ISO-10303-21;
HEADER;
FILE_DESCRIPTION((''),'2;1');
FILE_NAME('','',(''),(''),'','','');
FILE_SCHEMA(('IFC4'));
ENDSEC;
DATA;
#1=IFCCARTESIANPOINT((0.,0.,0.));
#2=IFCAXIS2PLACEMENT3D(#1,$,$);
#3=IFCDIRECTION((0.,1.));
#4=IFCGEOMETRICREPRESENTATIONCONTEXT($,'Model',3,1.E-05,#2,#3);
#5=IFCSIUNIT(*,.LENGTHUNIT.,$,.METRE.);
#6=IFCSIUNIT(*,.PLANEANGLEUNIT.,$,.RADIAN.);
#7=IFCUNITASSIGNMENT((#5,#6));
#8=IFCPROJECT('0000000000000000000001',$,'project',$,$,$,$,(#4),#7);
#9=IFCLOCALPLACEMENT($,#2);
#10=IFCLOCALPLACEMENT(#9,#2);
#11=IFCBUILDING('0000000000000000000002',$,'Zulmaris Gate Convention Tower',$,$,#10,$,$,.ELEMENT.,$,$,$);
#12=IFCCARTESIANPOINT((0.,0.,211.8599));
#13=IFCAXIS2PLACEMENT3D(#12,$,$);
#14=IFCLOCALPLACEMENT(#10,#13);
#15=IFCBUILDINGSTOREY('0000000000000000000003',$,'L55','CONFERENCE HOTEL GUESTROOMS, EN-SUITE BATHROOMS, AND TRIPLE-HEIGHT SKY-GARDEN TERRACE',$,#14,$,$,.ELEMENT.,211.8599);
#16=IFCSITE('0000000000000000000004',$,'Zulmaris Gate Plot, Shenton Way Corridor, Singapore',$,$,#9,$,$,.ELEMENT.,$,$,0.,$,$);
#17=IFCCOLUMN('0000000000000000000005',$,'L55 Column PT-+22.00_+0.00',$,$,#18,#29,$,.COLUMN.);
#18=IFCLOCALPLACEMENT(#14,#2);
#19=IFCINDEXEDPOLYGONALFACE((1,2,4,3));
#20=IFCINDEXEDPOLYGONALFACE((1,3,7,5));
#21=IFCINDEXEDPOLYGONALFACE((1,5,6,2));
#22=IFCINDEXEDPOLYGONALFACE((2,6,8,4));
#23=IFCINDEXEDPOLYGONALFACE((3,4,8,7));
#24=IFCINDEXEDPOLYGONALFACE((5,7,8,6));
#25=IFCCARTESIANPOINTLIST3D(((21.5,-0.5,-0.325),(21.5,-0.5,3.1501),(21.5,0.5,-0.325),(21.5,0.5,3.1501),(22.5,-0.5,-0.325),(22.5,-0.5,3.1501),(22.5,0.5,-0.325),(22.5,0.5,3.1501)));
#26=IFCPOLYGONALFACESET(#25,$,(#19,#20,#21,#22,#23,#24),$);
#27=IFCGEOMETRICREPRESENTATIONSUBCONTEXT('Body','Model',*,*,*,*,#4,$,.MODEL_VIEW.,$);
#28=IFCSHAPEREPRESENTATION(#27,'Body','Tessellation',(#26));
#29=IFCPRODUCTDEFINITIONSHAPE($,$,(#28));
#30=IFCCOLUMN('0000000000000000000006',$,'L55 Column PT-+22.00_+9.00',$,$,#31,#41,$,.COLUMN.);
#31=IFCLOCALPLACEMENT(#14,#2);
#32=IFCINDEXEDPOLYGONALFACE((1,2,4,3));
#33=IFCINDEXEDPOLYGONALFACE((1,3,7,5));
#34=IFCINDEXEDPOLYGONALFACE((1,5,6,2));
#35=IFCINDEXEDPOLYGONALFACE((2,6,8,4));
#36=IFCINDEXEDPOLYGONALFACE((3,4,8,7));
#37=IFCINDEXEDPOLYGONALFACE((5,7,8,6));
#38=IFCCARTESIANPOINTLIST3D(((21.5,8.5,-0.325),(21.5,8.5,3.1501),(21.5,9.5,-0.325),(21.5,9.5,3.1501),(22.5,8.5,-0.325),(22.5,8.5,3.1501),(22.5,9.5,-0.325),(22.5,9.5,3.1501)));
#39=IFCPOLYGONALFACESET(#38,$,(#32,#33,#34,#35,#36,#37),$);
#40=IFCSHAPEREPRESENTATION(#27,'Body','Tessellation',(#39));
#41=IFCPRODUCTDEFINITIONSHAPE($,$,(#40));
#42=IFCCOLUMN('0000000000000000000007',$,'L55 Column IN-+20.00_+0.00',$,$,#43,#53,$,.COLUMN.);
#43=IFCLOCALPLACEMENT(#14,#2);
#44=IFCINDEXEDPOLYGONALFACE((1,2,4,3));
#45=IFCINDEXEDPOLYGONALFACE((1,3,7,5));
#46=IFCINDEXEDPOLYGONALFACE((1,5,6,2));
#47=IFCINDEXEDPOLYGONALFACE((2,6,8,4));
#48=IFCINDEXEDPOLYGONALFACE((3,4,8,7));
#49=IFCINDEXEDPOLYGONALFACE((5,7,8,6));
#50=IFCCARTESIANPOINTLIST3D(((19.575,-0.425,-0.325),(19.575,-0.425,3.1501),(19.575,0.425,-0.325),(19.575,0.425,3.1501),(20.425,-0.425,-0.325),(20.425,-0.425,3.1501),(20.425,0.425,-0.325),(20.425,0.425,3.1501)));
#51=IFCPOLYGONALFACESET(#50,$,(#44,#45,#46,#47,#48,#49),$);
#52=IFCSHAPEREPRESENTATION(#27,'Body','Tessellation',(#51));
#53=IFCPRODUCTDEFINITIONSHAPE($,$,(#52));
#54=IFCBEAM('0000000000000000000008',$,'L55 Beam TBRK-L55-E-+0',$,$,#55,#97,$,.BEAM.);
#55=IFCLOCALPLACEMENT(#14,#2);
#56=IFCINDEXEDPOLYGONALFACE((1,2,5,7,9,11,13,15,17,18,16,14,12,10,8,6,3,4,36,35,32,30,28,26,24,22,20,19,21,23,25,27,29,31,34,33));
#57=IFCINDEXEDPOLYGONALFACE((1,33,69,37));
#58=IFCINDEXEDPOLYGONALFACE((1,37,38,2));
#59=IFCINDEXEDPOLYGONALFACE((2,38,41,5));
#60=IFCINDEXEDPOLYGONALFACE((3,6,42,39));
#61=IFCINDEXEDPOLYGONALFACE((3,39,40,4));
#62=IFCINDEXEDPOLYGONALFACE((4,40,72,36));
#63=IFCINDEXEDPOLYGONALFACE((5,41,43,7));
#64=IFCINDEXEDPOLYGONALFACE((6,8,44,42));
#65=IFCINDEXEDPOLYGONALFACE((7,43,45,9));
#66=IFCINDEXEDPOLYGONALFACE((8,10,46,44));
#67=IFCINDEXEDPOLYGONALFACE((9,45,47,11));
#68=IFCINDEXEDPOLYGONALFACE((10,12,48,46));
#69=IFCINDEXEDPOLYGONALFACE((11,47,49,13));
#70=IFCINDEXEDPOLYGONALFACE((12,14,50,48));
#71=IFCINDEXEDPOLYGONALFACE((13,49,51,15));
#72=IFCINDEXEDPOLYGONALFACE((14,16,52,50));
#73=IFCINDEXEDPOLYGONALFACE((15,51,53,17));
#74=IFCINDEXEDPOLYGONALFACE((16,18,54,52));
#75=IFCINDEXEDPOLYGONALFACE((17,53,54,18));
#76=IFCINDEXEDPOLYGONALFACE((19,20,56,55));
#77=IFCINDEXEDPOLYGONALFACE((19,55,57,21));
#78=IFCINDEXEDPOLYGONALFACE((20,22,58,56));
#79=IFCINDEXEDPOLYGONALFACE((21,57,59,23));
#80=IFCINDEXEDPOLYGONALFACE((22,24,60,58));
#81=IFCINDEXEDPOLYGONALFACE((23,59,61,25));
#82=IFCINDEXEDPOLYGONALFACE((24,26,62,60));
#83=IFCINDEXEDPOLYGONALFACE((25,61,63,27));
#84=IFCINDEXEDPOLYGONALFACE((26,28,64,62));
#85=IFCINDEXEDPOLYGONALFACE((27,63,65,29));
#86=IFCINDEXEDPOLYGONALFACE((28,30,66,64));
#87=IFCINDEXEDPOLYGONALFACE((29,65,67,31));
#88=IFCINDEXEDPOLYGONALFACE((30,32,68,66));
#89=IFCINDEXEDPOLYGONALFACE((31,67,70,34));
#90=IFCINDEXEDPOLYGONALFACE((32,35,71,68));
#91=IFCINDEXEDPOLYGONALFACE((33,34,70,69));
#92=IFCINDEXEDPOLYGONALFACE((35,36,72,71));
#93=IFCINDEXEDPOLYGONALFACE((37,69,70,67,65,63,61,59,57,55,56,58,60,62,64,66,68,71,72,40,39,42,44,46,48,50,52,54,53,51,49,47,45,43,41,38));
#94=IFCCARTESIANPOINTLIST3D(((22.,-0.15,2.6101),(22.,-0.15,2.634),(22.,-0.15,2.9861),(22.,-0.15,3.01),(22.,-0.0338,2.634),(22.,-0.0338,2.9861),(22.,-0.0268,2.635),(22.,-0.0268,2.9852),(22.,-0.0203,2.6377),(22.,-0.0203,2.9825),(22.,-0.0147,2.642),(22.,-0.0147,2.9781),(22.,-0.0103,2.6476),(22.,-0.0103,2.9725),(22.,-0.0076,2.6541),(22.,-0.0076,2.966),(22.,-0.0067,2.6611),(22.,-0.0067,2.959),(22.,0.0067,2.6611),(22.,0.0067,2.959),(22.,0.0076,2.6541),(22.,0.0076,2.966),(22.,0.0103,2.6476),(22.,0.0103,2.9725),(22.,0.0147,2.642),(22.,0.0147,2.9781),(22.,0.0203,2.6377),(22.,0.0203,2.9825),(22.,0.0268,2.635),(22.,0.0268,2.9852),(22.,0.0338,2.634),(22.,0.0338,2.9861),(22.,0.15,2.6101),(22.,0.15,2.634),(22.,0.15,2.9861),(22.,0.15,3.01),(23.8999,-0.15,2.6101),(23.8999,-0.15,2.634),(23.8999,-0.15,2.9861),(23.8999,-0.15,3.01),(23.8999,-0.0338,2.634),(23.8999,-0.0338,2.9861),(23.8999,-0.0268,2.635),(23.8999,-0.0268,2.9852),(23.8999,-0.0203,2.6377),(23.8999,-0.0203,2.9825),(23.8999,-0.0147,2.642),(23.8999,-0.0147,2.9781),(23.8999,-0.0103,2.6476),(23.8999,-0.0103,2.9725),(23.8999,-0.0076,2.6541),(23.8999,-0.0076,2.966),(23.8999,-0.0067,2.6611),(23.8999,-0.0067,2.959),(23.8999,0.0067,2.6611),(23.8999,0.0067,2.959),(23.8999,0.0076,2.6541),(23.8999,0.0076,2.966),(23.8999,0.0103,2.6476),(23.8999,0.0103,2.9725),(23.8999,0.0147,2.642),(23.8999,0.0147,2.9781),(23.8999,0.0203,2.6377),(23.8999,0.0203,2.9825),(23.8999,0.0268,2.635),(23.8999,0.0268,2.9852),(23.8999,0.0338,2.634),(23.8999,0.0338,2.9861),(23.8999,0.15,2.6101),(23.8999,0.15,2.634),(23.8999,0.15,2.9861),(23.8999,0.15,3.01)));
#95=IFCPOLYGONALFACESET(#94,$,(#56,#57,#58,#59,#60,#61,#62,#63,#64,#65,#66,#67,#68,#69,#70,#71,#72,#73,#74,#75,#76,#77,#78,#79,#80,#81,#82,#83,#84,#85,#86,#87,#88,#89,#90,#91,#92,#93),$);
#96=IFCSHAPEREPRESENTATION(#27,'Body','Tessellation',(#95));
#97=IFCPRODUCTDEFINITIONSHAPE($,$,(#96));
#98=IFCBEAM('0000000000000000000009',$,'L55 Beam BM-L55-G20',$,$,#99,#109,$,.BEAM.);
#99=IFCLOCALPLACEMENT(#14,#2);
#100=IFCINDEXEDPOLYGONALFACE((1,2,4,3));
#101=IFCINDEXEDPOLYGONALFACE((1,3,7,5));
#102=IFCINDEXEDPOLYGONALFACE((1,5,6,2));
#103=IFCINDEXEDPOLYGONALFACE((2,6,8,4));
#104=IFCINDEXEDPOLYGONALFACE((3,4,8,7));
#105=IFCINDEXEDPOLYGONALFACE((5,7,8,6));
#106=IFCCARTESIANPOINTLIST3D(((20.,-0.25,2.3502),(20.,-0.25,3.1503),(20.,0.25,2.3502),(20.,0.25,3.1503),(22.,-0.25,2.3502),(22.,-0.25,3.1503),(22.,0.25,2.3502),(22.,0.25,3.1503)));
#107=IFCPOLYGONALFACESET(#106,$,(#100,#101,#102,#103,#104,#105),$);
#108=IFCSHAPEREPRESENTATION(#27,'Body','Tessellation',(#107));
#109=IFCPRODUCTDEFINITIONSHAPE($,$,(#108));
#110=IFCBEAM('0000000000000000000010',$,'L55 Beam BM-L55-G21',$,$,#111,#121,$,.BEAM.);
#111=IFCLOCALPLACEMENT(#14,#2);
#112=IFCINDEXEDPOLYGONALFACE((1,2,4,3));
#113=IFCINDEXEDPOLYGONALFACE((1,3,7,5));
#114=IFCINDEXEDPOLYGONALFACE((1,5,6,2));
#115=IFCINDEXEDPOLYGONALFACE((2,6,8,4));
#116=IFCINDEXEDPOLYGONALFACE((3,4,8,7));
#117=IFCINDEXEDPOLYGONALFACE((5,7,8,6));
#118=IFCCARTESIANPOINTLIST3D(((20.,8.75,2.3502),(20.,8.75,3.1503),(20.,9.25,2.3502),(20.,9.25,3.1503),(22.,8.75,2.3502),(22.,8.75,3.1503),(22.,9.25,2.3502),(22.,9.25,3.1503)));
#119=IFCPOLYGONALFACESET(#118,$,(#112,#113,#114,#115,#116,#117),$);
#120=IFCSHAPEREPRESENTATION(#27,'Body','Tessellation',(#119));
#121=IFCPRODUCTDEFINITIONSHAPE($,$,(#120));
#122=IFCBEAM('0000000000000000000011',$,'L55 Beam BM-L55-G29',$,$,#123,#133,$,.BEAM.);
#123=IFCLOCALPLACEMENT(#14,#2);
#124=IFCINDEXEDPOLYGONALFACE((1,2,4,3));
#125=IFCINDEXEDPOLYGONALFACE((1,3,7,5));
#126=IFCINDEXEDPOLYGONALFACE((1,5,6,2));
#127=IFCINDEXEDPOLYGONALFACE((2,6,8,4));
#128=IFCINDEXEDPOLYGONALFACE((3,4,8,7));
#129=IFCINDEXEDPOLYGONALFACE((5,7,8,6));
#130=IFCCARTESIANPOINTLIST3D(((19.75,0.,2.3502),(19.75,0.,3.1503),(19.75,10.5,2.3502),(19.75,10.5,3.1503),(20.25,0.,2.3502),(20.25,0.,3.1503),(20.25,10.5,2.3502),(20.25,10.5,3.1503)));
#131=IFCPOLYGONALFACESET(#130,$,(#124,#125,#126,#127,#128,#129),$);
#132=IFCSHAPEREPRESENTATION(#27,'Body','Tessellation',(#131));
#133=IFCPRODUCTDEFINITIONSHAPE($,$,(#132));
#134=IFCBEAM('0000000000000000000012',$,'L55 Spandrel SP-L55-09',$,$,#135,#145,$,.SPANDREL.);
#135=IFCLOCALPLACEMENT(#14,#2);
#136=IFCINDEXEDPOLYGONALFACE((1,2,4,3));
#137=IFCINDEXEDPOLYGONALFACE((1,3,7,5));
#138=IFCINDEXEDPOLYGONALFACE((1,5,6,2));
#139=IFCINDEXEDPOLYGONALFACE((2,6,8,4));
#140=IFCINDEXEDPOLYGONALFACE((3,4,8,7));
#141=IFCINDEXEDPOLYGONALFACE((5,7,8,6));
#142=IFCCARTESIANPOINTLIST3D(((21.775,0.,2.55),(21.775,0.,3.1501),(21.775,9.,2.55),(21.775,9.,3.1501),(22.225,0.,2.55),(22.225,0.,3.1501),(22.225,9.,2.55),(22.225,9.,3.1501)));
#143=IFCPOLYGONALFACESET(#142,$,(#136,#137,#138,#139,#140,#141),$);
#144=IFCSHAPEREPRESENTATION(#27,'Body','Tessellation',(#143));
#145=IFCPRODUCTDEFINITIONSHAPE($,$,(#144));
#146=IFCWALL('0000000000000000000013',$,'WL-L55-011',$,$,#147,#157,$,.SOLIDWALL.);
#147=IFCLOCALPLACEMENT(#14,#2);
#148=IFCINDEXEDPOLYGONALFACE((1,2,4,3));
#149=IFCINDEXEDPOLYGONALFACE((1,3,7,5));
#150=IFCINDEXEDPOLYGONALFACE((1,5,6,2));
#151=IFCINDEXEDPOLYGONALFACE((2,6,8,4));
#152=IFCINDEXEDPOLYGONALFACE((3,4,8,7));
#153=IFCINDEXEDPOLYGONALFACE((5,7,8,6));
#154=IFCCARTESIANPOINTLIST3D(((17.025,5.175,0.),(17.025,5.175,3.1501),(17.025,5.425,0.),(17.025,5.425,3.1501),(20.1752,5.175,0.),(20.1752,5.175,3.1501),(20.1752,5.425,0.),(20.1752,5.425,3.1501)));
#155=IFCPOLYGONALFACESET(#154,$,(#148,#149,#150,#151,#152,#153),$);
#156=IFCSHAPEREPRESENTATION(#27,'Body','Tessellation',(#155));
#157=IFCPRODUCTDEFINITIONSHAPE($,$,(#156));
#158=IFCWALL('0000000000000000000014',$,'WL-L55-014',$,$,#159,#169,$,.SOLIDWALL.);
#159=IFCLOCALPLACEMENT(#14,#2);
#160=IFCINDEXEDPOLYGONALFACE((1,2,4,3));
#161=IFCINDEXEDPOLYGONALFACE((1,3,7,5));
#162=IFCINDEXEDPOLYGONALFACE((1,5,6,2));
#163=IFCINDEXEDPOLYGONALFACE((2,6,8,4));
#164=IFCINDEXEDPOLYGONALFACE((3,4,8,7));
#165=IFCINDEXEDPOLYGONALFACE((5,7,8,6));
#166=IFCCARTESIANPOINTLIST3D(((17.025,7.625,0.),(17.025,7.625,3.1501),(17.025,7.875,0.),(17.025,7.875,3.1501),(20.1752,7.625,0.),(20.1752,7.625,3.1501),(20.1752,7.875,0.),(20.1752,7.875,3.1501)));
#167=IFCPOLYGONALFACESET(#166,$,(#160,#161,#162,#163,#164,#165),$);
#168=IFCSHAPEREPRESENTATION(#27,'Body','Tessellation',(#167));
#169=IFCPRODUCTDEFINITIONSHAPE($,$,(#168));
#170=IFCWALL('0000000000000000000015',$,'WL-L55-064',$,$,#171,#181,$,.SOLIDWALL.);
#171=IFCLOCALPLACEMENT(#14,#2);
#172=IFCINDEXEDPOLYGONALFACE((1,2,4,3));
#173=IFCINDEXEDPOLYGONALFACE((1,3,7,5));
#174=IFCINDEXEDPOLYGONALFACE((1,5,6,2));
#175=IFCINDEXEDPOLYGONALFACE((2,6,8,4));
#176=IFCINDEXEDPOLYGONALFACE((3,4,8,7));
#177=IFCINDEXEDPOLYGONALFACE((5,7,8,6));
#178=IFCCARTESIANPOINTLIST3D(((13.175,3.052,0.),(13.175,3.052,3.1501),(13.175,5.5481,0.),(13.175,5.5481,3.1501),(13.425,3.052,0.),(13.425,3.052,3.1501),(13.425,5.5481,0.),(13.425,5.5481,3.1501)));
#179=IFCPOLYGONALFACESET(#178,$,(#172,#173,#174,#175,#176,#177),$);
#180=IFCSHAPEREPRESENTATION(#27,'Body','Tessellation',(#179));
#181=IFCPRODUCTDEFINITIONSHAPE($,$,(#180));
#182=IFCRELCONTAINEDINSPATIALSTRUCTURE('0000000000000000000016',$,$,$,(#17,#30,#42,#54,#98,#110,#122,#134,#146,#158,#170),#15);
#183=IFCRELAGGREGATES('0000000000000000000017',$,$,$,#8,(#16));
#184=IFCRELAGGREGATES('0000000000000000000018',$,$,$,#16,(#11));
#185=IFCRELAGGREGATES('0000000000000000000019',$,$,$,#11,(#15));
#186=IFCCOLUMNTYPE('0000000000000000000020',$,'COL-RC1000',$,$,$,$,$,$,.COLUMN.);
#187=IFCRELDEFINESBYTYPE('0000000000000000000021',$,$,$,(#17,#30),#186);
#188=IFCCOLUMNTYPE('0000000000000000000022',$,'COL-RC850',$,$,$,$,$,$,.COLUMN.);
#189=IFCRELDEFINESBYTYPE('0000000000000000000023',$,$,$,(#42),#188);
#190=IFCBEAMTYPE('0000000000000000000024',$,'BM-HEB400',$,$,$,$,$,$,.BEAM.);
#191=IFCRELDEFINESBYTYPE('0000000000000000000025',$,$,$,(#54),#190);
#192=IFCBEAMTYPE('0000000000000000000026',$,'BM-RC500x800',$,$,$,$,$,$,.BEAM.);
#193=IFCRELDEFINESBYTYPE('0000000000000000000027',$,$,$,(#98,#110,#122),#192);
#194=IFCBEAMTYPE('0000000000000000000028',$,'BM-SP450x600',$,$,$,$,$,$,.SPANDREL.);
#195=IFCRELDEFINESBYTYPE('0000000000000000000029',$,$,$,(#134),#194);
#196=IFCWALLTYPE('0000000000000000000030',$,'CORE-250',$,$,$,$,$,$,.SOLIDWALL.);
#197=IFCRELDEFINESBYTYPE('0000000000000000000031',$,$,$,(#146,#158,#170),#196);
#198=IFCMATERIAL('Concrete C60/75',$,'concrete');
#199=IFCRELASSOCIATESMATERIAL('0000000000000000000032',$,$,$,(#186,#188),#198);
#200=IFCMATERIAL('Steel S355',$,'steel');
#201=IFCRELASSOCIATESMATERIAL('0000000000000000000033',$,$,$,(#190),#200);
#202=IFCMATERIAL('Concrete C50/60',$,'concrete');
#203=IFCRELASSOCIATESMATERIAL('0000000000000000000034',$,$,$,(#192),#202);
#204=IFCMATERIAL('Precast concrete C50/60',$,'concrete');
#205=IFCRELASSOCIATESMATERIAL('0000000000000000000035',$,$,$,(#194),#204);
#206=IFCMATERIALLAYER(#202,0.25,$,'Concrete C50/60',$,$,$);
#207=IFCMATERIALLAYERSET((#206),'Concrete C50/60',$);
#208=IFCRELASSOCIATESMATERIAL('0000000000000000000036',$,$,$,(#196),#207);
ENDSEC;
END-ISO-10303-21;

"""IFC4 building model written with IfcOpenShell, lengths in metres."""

from ifc_helpers import new_model, si_unit, direction, frame, frame_2d, origin, origin_2d, place, context, subcontext, project, spatial, rectangle, i_section, extrude, material, layer, layer_set, material_profile, profile_set, type_object, element, save


model = new_model("IFC4")

# Units and contexts
model_context = context("Model", 3, precision=1e-05, world=origin(), true_north=direction((0.0, 1.0)))
body_context = subcontext(model_context, "Body", "Model", "MODEL_VIEW")
ifc_project = project(units=[si_unit("LENGTHUNIT", "METRE"), si_unit("PLANEANGLEUNIT", "RADIAN")], contexts=[model_context])

# Site, building, storey
site_placement = place(None, origin())
site = spatial("IfcSite", under=ifc_project, at=site_placement, Name="Zulmaris Gate Plot, Shenton Way Corridor, Singapore", CompositionType="ELEMENT", RefElevation=0.0)
building_placement = place(site_placement, origin())
building = spatial("IfcBuilding", under=site, at=building_placement, Name="Zulmaris Gate Convention Tower", CompositionType="ELEMENT")
storey_placement = place(building_placement, frame((0.0, 0.0, 211.8599)))
storey = spatial("IfcBuildingStorey", under=building, at=storey_placement, Name="L55", Description="CONFERENCE HOTEL GUESTROOMS, EN-SUITE BATHROOMS, AND TRIPLE-HEIGHT SKY-GARDEN TERRACE", CompositionType="ELEMENT", Elevation=211.8599)

# Columns
ifc_material_1 = material(Name="Concrete C60/75", Category="concrete")
ifc_material_profile_1 = material_profile(ifc_material_1, rectangle(XDim=1.0, YDim=1.0, at=origin_2d()), Name="RC COL 1000x1000")
ifc_profile_set_1 = profile_set([ifc_material_profile_1], Name="Concrete C60/75")
column_type_1 = type_object("IfcColumnType", Name="COL-RC1000", PredefinedType="COLUMN", material=ifc_profile_set_1)
for number, where, z_axis, x_axis, name in (
    (1, (22.0, 0.0, -0.325), (0.0, 0.0, 1.0), (1.0, 0.0, 0.0), "L55 Column PT-+22.00_+0.00"),
    (2, (22.0, 9.0, -0.325), (0.0, 0.0, 1.0), (1.0, 0.0, 0.0), "L55 Column PT-+22.00_+9.00"),
):
    element("IfcColumn", number, at=place(storey_placement, frame(where, z_axis=z_axis, x_axis=x_axis)), inside=storey, type_object=column_type_1, Name=name, PredefinedType="COLUMN", context=body_context, shape_type="SweptSolid", body=[
        extrude(rectangle(XDim=1.0, YDim=1.0, at=origin_2d()), origin(), (0.0, 0.0, 1.0), 3.4751),
    ])
ifc_material_profile_2 = material_profile(ifc_material_1, rectangle(XDim=0.8501, YDim=0.8501, at=origin_2d()), Name="RC COL 850x850")
ifc_profile_set_2 = profile_set([ifc_material_profile_2], Name="Concrete C60/75")
column_type_2 = type_object("IfcColumnType", Name="COL-RC850", PredefinedType="COLUMN", material=ifc_profile_set_2)
column_placement = place(storey_placement, frame((20.0, 0.0, -0.325), z_axis=(0.0, 0.0, 1.0), x_axis=(1.0, 0.0, 0.0)))
element("IfcColumn", 3, at=column_placement, inside=storey, type_object=column_type_2, Name="L55 Column IN-+20.00_+0.00", PredefinedType="COLUMN", context=body_context, shape_type="SweptSolid", body=[
    extrude(rectangle(XDim=0.8501, YDim=0.8501, at=origin_2d()), origin(), (0.0, 0.0, 1.0), 3.4751),
])

# Beams
ifc_material_2 = material(Name="Steel S355", Category="steel")
ifc_material_profile_3 = material_profile(ifc_material_2, i_section(OverallWidth=0.3, OverallDepth=0.3999, WebThickness=0.0134, FlangeThickness=0.0239, FilletRadius=0.0271, at=origin_2d()), Name="HEB 400")
ifc_profile_set_3 = profile_set([ifc_material_profile_3], Name="Steel S355")
beam_type_1 = type_object("IfcBeamType", Name="BM-HEB400", PredefinedType="BEAM", material=ifc_profile_set_3)
beam_1_placement = place(storey_placement, frame((22.0, 0.0, 2.8101), z_axis=(1.0, 0.0, 0.0), x_axis=(0.0, 1.0, 0.0)))
element("IfcBeam", 4, at=beam_1_placement, inside=storey, type_object=beam_type_1, Name="L55 Beam TBRK-L55-E-+0", PredefinedType="BEAM", context=body_context, shape_type="SweptSolid", body=[
    extrude(i_section(OverallWidth=0.3, OverallDepth=0.3999, WebThickness=0.0134, FlangeThickness=0.0239, FilletRadius=0.0271, at=origin_2d()), origin(), (0.0, 0.0, 1.0), 1.8999),
])
ifc_material_3 = material(Name="Concrete C50/60", Category="concrete")
ifc_material_profile_4 = material_profile(ifc_material_3, rectangle(XDim=0.5, YDim=0.8, at=origin_2d()), Name="RC BEAM 500x800")
ifc_profile_set_4 = profile_set([ifc_material_profile_4], Name="Concrete C50/60")
beam_type_2 = type_object("IfcBeamType", Name="BM-RC500x800", PredefinedType="BEAM", material=ifc_profile_set_4)
for number, where, z_axis, x_axis, name in (
    (5, (20.0, 0.0, 2.7502), (1.0, 0.0, 0.0), (0.0, 1.0, 0.0), "L55 Beam BM-L55-G20"),
    (6, (20.0, 9.0, 2.7502), (1.0, 0.0, 0.0), (0.0, 1.0, 0.0), "L55 Beam BM-L55-G21"),
):
    element("IfcBeam", number, at=place(storey_placement, frame(where, z_axis=z_axis, x_axis=x_axis)), inside=storey, type_object=beam_type_2, Name=name, PredefinedType="BEAM", context=body_context, shape_type="SweptSolid", body=[
        extrude(rectangle(XDim=0.5, YDim=0.8, at=origin_2d()), origin(), (0.0, 0.0, 1.0), 2.0),
    ])
beam_2_placement = place(storey_placement, frame((20.0, 0.0, 2.7502), z_axis=(0.0, 1.0, 0.0), x_axis=(-1.0, 0.0, 0.0)))
element("IfcBeam", 7, at=beam_2_placement, inside=storey, type_object=beam_type_2, Name="L55 Beam BM-L55-G29", PredefinedType="BEAM", context=body_context, shape_type="SweptSolid", body=[
    extrude(rectangle(XDim=0.5, YDim=0.8, at=origin_2d()), origin(), (0.0, 0.0, 1.0), 10.5),
])
ifc_material_4 = material(Name="Precast concrete C50/60", Category="concrete")
ifc_material_profile_5 = material_profile(ifc_material_4, rectangle(XDim=0.45, YDim=0.6001, at=origin_2d()), Name="RC SPANDREL 450x600")
ifc_profile_set_5 = profile_set([ifc_material_profile_5], Name="Precast concrete C50/60")
beam_type_3 = type_object("IfcBeamType", Name="BM-SP450x600", PredefinedType="SPANDREL", material=ifc_profile_set_5)
beam_3_placement = place(storey_placement, frame((22.0, 0.0, 2.8501), z_axis=(0.0, 1.0, 0.0), x_axis=(-1.0, 0.0, 0.0)))
element("IfcBeam", 8, at=beam_3_placement, inside=storey, type_object=beam_type_3, Name="L55 Spandrel SP-L55-09", PredefinedType="SPANDREL", context=body_context, shape_type="SweptSolid", body=[
    extrude(rectangle(XDim=0.45, YDim=0.6001, at=origin_2d()), origin(), (0.0, 0.0, 1.0), 9.0),
])

# Walls
ifc_layer_1 = layer(ifc_material_3, 0.25, Name="Concrete C50/60")
ifc_layer_set_1 = layer_set([ifc_layer_1], Name="Concrete C50/60")
wall_type_1 = type_object("IfcWallType", Name="CORE-250", PredefinedType="SOLIDWALL", material=ifc_layer_set_1)
for number, where, z_axis, x_axis, name in (
    (9, (17.0249, 5.3, 0.0), (0.0, 0.0, 1.0), (1.0, 0.0, 0.0), "WL-L55-011"),
    (10, (17.0249, 7.75, 0.0), (0.0, 0.0, 1.0), (1.0, 0.0, 0.0), "WL-L55-014"),
):
    element("IfcWall", number, at=place(storey_placement, frame(where, z_axis=z_axis, x_axis=x_axis)), inside=storey, type_object=wall_type_1, Name=name, PredefinedType="SOLIDWALL", context=body_context, shape_type="SweptSolid", body=[
        extrude(rectangle(XDim=3.1501, YDim=0.25, at=frame_2d((1.5752, 0.0))), origin(), (0.0, 0.0, 1.0), 3.1501),
    ])
wall_1_placement = place(storey_placement, frame((13.3, 3.052, 0.0), z_axis=(0.0, 0.0, 1.0), x_axis=(0.0, 1.0, 0.0)))
element("IfcWall", 11, at=wall_1_placement, inside=storey, type_object=wall_type_1, Name="WL-L55-064", PredefinedType="SOLIDWALL", context=body_context, shape_type="SweptSolid", body=[
    extrude(rectangle(XDim=2.4961, YDim=0.25, at=frame_2d((1.248, 0.0))), origin(), (0.0, 0.0, 1.0), 3.1501),
])

save(model, "model.ifc")
